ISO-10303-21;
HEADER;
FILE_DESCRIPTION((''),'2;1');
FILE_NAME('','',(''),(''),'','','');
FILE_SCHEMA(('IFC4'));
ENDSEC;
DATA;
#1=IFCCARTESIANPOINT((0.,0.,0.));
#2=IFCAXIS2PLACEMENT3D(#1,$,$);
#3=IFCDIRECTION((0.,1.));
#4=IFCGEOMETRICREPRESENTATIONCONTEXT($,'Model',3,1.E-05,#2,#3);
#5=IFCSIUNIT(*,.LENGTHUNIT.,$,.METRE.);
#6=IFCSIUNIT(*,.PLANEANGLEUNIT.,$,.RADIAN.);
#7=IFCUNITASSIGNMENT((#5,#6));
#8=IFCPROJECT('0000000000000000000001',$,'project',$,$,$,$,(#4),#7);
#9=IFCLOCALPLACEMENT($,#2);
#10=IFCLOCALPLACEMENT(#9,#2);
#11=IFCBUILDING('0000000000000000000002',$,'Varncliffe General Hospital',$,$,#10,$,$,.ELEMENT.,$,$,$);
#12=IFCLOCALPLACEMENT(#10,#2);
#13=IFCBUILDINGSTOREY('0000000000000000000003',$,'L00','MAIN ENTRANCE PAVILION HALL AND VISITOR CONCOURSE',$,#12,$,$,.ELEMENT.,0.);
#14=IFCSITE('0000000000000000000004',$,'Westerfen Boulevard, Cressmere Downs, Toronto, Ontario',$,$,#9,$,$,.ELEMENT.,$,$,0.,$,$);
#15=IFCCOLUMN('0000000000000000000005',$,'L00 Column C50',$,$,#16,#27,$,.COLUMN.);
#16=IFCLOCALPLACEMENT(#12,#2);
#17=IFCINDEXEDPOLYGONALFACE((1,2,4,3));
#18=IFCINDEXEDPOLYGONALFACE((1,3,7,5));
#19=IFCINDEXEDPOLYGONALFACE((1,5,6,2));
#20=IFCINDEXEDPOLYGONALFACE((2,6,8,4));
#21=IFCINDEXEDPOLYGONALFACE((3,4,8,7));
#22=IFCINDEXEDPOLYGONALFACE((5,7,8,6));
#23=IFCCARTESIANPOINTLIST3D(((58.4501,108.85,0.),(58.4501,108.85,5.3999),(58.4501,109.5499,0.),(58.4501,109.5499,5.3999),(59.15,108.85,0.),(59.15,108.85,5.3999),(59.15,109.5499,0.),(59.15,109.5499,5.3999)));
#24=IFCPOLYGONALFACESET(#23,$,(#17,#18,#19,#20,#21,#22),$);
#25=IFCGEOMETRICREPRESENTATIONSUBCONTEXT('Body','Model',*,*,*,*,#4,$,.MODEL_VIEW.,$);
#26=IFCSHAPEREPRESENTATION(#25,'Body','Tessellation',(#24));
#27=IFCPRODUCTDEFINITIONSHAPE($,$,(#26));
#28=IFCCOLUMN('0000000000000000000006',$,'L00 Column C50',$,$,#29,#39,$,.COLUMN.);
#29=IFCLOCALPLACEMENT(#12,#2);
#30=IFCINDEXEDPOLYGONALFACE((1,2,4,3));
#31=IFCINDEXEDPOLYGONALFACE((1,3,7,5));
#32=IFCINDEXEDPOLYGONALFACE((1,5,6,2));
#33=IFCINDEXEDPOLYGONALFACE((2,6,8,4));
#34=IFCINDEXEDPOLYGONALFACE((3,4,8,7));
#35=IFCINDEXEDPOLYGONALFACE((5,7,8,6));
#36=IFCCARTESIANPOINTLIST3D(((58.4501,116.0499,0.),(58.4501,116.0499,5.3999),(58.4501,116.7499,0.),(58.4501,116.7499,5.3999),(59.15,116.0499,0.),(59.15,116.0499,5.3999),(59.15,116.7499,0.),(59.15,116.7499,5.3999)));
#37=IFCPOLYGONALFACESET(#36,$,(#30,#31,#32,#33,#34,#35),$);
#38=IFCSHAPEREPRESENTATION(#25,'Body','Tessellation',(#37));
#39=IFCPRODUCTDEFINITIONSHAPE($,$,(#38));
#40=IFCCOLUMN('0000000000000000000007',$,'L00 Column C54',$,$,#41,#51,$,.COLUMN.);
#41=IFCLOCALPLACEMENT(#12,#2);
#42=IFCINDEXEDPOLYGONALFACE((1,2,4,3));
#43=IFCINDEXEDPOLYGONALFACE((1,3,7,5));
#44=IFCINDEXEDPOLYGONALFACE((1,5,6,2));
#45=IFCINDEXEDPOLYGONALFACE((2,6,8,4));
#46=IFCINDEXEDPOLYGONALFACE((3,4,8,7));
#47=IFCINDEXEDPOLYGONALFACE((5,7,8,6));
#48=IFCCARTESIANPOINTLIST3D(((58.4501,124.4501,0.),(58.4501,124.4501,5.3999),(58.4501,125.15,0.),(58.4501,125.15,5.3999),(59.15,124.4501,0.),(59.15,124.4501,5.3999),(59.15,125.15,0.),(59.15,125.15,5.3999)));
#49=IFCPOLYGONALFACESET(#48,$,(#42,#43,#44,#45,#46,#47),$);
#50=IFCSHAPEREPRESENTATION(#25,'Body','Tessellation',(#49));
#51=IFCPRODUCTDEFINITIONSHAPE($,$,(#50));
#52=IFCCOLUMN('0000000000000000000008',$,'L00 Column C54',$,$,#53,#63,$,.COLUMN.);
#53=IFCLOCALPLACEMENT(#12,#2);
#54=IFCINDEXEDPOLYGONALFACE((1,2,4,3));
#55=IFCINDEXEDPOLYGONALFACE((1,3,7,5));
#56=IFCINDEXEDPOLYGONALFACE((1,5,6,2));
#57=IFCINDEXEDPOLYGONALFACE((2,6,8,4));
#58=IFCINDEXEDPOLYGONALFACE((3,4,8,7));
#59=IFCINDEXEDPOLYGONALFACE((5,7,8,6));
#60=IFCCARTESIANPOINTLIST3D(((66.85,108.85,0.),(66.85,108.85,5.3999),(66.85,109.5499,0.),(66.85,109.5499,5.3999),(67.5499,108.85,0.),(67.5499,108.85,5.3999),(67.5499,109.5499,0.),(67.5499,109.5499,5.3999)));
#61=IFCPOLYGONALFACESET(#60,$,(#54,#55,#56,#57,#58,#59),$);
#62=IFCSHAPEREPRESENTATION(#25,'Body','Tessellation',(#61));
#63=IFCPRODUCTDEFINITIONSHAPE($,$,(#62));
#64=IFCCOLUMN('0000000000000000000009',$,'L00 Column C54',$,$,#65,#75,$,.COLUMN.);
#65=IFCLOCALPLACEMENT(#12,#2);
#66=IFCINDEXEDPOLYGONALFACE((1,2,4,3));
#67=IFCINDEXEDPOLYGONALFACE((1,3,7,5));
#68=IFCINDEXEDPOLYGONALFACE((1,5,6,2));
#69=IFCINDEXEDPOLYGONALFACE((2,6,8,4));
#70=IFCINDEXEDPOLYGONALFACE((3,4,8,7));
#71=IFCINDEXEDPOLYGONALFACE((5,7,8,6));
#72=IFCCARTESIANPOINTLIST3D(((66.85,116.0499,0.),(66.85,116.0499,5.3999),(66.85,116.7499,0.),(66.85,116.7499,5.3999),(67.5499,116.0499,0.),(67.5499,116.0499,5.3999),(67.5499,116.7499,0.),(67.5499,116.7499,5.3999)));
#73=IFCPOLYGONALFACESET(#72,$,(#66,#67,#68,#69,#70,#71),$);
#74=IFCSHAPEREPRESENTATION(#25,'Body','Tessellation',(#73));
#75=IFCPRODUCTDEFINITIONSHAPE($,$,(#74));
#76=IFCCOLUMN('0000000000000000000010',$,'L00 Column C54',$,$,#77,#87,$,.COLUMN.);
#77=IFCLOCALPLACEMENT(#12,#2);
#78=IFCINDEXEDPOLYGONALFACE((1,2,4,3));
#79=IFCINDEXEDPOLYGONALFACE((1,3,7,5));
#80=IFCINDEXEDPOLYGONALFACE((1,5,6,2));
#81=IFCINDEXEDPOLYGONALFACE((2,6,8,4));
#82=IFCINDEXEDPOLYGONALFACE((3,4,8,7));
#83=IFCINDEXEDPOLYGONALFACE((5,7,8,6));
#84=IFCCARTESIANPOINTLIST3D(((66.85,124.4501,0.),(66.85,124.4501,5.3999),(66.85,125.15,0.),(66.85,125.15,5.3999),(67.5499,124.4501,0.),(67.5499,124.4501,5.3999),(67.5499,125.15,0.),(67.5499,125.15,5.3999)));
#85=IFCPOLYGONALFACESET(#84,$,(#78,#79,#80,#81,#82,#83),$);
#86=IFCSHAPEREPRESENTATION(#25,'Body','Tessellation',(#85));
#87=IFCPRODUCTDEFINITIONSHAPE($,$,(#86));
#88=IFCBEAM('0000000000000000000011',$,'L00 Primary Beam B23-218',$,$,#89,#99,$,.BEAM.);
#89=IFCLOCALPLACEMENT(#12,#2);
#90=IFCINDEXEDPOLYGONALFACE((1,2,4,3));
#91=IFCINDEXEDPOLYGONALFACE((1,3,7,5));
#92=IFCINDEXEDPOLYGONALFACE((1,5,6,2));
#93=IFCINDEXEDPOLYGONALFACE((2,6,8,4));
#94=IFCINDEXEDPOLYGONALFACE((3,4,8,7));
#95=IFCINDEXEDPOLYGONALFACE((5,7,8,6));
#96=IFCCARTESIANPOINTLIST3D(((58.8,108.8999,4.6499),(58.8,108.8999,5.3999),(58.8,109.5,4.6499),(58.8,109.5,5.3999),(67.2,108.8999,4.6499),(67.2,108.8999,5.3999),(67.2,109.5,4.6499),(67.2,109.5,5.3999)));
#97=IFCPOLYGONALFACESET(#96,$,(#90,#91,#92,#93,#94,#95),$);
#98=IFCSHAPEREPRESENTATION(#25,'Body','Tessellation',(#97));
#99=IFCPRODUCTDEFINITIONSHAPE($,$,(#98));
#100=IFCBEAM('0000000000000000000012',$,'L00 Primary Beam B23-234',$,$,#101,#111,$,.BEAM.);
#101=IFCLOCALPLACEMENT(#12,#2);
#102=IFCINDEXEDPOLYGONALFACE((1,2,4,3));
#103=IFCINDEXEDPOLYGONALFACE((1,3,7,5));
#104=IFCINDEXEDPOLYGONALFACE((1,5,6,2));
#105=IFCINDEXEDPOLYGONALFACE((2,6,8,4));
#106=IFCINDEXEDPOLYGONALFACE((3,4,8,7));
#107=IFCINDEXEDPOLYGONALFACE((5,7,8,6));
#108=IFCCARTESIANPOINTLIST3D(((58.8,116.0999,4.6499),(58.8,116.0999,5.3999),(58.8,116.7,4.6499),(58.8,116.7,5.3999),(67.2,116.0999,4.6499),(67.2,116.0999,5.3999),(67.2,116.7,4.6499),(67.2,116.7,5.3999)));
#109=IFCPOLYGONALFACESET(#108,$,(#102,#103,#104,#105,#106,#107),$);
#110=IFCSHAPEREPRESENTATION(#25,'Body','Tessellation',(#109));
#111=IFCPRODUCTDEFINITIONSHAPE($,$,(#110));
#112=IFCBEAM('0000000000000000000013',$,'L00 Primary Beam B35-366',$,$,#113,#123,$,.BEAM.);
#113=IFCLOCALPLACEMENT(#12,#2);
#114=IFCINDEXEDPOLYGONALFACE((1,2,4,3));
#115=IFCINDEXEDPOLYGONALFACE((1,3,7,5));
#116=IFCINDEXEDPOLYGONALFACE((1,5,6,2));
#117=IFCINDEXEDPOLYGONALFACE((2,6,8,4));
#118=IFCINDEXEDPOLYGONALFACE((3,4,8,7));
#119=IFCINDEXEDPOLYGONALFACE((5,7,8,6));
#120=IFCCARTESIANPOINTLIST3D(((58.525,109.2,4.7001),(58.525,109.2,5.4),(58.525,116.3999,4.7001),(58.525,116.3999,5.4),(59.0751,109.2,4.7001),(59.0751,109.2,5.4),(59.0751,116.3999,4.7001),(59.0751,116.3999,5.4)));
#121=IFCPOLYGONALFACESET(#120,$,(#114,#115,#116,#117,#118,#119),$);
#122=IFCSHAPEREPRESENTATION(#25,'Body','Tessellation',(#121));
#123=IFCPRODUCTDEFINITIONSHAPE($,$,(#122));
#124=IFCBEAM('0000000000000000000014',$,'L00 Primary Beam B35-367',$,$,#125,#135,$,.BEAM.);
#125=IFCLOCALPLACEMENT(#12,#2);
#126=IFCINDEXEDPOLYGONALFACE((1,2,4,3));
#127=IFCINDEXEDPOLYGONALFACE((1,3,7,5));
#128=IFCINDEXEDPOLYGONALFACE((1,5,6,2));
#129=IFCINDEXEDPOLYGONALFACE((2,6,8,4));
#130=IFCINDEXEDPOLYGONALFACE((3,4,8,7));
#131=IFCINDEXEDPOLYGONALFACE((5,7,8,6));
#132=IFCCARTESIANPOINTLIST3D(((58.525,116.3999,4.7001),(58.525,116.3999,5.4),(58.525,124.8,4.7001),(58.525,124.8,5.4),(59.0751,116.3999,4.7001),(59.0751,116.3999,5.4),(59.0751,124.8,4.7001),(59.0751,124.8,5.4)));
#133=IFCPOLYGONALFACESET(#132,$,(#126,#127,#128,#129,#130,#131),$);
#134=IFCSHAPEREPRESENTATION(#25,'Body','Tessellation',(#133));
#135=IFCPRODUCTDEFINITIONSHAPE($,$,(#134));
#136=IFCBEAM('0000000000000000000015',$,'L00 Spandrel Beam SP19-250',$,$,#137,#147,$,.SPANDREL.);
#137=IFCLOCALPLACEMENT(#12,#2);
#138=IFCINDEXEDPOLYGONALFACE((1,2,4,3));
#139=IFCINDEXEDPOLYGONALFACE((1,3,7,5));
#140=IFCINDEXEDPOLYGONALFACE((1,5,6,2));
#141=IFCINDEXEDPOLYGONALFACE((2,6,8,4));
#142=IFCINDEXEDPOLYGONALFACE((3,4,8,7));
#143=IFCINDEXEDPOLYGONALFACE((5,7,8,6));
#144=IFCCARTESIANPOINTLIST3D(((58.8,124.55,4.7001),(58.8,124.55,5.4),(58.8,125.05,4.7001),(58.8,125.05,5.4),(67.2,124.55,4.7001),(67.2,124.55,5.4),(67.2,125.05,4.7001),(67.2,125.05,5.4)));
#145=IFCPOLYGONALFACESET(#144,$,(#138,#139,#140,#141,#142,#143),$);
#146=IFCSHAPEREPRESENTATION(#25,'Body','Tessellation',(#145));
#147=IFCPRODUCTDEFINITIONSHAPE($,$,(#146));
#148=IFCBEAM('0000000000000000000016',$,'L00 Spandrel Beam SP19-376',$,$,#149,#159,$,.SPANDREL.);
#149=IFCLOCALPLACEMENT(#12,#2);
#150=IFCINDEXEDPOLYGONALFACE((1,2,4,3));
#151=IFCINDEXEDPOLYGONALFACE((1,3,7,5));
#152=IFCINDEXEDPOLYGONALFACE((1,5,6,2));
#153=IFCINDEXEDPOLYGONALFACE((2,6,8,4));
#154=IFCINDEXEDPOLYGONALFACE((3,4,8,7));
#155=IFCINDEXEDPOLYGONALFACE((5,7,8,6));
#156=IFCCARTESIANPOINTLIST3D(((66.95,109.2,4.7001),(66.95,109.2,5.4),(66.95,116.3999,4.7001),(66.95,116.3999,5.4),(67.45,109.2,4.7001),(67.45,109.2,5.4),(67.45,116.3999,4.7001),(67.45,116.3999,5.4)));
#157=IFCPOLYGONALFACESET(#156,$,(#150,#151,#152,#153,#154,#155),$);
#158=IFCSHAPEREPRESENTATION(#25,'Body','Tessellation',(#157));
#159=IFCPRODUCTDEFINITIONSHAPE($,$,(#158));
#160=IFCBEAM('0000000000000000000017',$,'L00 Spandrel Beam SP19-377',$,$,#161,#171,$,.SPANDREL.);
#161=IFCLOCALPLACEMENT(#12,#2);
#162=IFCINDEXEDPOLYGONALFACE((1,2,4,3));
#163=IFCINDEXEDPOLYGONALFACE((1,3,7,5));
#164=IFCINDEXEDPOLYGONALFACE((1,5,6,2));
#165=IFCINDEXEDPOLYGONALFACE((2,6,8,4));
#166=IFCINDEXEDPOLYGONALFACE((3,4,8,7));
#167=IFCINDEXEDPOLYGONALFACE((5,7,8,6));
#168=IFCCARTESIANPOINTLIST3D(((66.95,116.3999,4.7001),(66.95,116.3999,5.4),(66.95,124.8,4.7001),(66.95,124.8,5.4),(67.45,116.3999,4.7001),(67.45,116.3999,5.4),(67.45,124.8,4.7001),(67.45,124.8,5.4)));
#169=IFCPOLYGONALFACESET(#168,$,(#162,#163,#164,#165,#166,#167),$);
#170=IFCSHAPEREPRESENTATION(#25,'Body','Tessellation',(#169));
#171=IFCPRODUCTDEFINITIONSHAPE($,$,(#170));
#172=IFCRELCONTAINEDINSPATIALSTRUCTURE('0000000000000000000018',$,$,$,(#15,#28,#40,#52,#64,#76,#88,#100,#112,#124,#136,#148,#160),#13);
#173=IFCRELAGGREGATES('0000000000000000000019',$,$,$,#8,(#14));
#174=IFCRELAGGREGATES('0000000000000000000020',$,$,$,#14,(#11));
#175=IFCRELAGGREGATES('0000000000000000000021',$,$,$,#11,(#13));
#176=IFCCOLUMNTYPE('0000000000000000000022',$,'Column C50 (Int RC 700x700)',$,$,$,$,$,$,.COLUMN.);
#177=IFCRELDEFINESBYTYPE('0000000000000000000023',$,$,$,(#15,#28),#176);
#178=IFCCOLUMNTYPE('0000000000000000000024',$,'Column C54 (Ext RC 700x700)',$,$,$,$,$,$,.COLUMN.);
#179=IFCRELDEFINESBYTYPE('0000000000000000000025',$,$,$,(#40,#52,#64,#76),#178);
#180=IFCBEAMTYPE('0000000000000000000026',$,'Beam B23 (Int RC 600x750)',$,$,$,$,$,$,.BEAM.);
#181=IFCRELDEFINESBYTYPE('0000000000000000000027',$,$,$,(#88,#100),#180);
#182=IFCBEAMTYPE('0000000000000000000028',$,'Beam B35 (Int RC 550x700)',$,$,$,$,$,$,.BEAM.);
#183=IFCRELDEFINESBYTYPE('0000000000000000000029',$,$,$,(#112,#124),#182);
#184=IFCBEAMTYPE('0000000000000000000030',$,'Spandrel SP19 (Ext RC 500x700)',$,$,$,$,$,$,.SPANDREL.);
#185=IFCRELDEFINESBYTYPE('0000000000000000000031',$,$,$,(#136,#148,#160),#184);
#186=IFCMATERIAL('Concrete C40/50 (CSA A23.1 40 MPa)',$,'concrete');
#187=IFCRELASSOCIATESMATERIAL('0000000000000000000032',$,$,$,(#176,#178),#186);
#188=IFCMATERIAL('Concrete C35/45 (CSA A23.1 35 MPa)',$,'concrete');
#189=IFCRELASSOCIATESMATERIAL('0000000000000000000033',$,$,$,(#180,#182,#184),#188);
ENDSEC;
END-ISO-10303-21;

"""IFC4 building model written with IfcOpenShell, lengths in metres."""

from ifc_helpers import new_model, si_unit, direction, frame, origin, origin_2d, place, context, subcontext, project, spatial, rectangle, extrude, material, material_profile, profile_set, type_object, element, save


model = new_model("IFC4")

# Units and contexts
model_context = context("Model", 3, precision=1e-05, world=origin(), true_north=direction((0.0, 1.0)))
body_context = subcontext(model_context, "Body", "Model", "MODEL_VIEW")
ifc_project = project(units=[si_unit("LENGTHUNIT", "METRE"), si_unit("PLANEANGLEUNIT", "RADIAN")], contexts=[model_context])

# Site, building, storey
site_placement = place(None, origin())
site = spatial("IfcSite", under=ifc_project, at=site_placement, Name="Westerfen Boulevard, Cressmere Downs, Toronto, Ontario", CompositionType="ELEMENT", RefElevation=0.0)
building_placement = place(site_placement, origin())
building = spatial("IfcBuilding", under=site, at=building_placement, Name="Varncliffe General Hospital", CompositionType="ELEMENT")
storey_placement = place(building_placement, origin())
storey = spatial("IfcBuildingStorey", under=building, at=storey_placement, Name="L00", Description="MAIN ENTRANCE PAVILION HALL AND VISITOR CONCOURSE", CompositionType="ELEMENT", Elevation=0.0)

# Columns
ifc_material_1 = material(Name="Concrete C40/50 (CSA A23.1 40 MPa)", Category="concrete")
ifc_material_profile_1 = material_profile(ifc_material_1, rectangle(XDim=0.7, YDim=0.7, at=origin_2d()), Name="RC 700x700")
ifc_profile_set_1 = profile_set([ifc_material_profile_1], Name="Concrete C40/50 (CSA A23.1 40 MPa)")
column_type_1 = type_object("IfcColumnType", Name="Column C50 (Int RC 700x700)", PredefinedType="COLUMN", material=ifc_profile_set_1)
for number, where, z_axis, x_axis, name in (
    (1, (58.8, 109.2, 0.0), (0.0, 0.0, 1.0), (1.0, 0.0, 0.0), "L00 Column C50"),
    (2, (58.8, 116.3999, 0.0), (0.0, 0.0, 1.0), (1.0, 0.0, 0.0), "L00 Column C50"),
):
    element("IfcColumn", number, at=place(storey_placement, frame(where, z_axis=z_axis, x_axis=x_axis)), inside=storey, type_object=column_type_1, Name=name, PredefinedType="COLUMN", context=body_context, shape_type="SweptSolid", body=[
        extrude(rectangle(XDim=0.7, YDim=0.7, at=origin_2d()), origin(), (0.0, 0.0, 1.0), 5.3999),
    ])
ifc_material_profile_2 = material_profile(ifc_material_1, rectangle(XDim=0.7, YDim=0.7, at=origin_2d()), Name="RC 700x700")
ifc_profile_set_2 = profile_set([ifc_material_profile_2], Name="Concrete C40/50 (CSA A23.1 40 MPa)")
column_type_2 = type_object("IfcColumnType", Name="Column C54 (Ext RC 700x700)", PredefinedType="COLUMN", material=ifc_profile_set_2)
for number, where, z_axis, x_axis, name in (
    (3, (58.8, 124.8, 0.0), (0.0, 0.0, 1.0), (1.0, 0.0, 0.0), "L00 Column C54"),
    (4, (67.2, 109.2, 0.0), (0.0, 0.0, 1.0), (1.0, 0.0, 0.0), "L00 Column C54"),
    (5, (67.2, 116.3999, 0.0), (0.0, 0.0, 1.0), (1.0, 0.0, 0.0), "L00 Column C54"),
    (6, (67.2, 124.8, 0.0), (0.0, 0.0, 1.0), (1.0, 0.0, 0.0), "L00 Column C54"),
):
    element("IfcColumn", number, at=place(storey_placement, frame(where, z_axis=z_axis, x_axis=x_axis)), inside=storey, type_object=column_type_2, Name=name, PredefinedType="COLUMN", context=body_context, shape_type="SweptSolid", body=[
        extrude(rectangle(XDim=0.7, YDim=0.7, at=origin_2d()), origin(), (0.0, 0.0, 1.0), 5.3999),
    ])

# Beams
ifc_material_2 = material(Name="Concrete C35/45 (CSA A23.1 35 MPa)", Category="concrete")
ifc_material_profile_3 = material_profile(ifc_material_2, rectangle(XDim=0.6001, YDim=0.75, at=origin_2d()), Name="RC 600x750")
ifc_profile_set_3 = profile_set([ifc_material_profile_3], Name="Concrete C35/45 (CSA A23.1 35 MPa)")
beam_type_1 = type_object("IfcBeamType", Name="Beam B23 (Int RC 600x750)", PredefinedType="BEAM", material=ifc_profile_set_3)
for number, where, z_axis, x_axis, name in (
    (7, (58.8, 109.2, 5.0249), (1.0, 0.0, 0.0), (0.0, 1.0, 0.0), "L00 Primary Beam B23-218"),
    (8, (58.8, 116.3999, 5.0249), (1.0, 0.0, 0.0), (0.0, 1.0, 0.0), "L00 Primary Beam B23-234"),
):
    element("IfcBeam", number, at=place(storey_placement, frame(where, z_axis=z_axis, x_axis=x_axis)), inside=storey, type_object=beam_type_1, Name=name, PredefinedType="BEAM", context=body_context, shape_type="SweptSolid", body=[
        extrude(rectangle(XDim=0.6001, YDim=0.75, at=origin_2d()), origin(), (0.0, 0.0, 1.0), 8.3999),
    ])
ifc_material_profile_4 = material_profile(ifc_material_2, rectangle(XDim=0.55, YDim=0.7, at=origin_2d()), Name="RC 550x700")
ifc_profile_set_4 = profile_set([ifc_material_profile_4], Name="Concrete C35/45 (CSA A23.1 35 MPa)")
beam_type_2 = type_object("IfcBeamType", Name="Beam B35 (Int RC 550x700)", PredefinedType="BEAM", material=ifc_profile_set_4)
beam_1_placement = place(storey_placement, frame((58.8, 109.2, 5.05), z_axis=(0.0, 1.0, 0.0), x_axis=(-1.0, 0.0, 0.0)))
element("IfcBeam", 9, at=beam_1_placement, inside=storey, type_object=beam_type_2, Name="L00 Primary Beam B35-366", PredefinedType="BEAM", context=body_context, shape_type="SweptSolid", body=[
    extrude(rectangle(XDim=0.55, YDim=0.7, at=origin_2d()), origin(), (0.0, 0.0, 1.0), 7.2),
])
beam_2_placement = place(storey_placement, frame((58.8, 116.3999, 5.05), z_axis=(0.0, 1.0, 0.0), x_axis=(-1.0, 0.0, 0.0)))
element("IfcBeam", 10, at=beam_2_placement, inside=storey, type_object=beam_type_2, Name="L00 Primary Beam B35-367", PredefinedType="BEAM", context=body_context, shape_type="SweptSolid", body=[
    extrude(rectangle(XDim=0.55, YDim=0.7, at=origin_2d()), origin(), (0.0, 0.0, 1.0), 8.4001),
])
ifc_material_profile_5 = material_profile(ifc_material_2, rectangle(XDim=0.5, YDim=0.7, at=origin_2d()), Name="RC 500x700")
ifc_profile_set_5 = profile_set([ifc_material_profile_5], Name="Concrete C35/45 (CSA A23.1 35 MPa)")
beam_type_3 = type_object("IfcBeamType", Name="Spandrel SP19 (Ext RC 500x700)", PredefinedType="SPANDREL", material=ifc_profile_set_5)
beam_3_placement = place(storey_placement, frame((58.8, 124.8, 5.05), z_axis=(1.0, 0.0, 0.0), x_axis=(0.0, 1.0, 0.0)))
element("IfcBeam", 11, at=beam_3_placement, inside=storey, type_object=beam_type_3, Name="L00 Spandrel Beam SP19-250", PredefinedType="SPANDREL", context=body_context, shape_type="SweptSolid", body=[
    extrude(rectangle(XDim=0.5, YDim=0.7, at=origin_2d()), origin(), (0.0, 0.0, 1.0), 8.3999),
])
beam_4_placement = place(storey_placement, frame((67.2, 109.2, 5.05), z_axis=(0.0, 1.0, 0.0), x_axis=(-1.0, 0.0, 0.0)))
element("IfcBeam", 12, at=beam_4_placement, inside=storey, type_object=beam_type_3, Name="L00 Spandrel Beam SP19-376", PredefinedType="SPANDREL", context=body_context, shape_type="SweptSolid", body=[
    extrude(rectangle(XDim=0.5, YDim=0.7, at=origin_2d()), origin(), (0.0, 0.0, 1.0), 7.2),
])
beam_5_placement = place(storey_placement, frame((67.2, 116.3999, 5.05), z_axis=(0.0, 1.0, 0.0), x_axis=(-1.0, 0.0, 0.0)))
element("IfcBeam", 13, at=beam_5_placement, inside=storey, type_object=beam_type_3, Name="L00 Spandrel Beam SP19-377", PredefinedType="SPANDREL", context=body_context, shape_type="SweptSolid", body=[
    extrude(rectangle(XDim=0.5, YDim=0.7, at=origin_2d()), origin(), (0.0, 0.0, 1.0), 8.4001),
])

save(model, "model.ifc")
